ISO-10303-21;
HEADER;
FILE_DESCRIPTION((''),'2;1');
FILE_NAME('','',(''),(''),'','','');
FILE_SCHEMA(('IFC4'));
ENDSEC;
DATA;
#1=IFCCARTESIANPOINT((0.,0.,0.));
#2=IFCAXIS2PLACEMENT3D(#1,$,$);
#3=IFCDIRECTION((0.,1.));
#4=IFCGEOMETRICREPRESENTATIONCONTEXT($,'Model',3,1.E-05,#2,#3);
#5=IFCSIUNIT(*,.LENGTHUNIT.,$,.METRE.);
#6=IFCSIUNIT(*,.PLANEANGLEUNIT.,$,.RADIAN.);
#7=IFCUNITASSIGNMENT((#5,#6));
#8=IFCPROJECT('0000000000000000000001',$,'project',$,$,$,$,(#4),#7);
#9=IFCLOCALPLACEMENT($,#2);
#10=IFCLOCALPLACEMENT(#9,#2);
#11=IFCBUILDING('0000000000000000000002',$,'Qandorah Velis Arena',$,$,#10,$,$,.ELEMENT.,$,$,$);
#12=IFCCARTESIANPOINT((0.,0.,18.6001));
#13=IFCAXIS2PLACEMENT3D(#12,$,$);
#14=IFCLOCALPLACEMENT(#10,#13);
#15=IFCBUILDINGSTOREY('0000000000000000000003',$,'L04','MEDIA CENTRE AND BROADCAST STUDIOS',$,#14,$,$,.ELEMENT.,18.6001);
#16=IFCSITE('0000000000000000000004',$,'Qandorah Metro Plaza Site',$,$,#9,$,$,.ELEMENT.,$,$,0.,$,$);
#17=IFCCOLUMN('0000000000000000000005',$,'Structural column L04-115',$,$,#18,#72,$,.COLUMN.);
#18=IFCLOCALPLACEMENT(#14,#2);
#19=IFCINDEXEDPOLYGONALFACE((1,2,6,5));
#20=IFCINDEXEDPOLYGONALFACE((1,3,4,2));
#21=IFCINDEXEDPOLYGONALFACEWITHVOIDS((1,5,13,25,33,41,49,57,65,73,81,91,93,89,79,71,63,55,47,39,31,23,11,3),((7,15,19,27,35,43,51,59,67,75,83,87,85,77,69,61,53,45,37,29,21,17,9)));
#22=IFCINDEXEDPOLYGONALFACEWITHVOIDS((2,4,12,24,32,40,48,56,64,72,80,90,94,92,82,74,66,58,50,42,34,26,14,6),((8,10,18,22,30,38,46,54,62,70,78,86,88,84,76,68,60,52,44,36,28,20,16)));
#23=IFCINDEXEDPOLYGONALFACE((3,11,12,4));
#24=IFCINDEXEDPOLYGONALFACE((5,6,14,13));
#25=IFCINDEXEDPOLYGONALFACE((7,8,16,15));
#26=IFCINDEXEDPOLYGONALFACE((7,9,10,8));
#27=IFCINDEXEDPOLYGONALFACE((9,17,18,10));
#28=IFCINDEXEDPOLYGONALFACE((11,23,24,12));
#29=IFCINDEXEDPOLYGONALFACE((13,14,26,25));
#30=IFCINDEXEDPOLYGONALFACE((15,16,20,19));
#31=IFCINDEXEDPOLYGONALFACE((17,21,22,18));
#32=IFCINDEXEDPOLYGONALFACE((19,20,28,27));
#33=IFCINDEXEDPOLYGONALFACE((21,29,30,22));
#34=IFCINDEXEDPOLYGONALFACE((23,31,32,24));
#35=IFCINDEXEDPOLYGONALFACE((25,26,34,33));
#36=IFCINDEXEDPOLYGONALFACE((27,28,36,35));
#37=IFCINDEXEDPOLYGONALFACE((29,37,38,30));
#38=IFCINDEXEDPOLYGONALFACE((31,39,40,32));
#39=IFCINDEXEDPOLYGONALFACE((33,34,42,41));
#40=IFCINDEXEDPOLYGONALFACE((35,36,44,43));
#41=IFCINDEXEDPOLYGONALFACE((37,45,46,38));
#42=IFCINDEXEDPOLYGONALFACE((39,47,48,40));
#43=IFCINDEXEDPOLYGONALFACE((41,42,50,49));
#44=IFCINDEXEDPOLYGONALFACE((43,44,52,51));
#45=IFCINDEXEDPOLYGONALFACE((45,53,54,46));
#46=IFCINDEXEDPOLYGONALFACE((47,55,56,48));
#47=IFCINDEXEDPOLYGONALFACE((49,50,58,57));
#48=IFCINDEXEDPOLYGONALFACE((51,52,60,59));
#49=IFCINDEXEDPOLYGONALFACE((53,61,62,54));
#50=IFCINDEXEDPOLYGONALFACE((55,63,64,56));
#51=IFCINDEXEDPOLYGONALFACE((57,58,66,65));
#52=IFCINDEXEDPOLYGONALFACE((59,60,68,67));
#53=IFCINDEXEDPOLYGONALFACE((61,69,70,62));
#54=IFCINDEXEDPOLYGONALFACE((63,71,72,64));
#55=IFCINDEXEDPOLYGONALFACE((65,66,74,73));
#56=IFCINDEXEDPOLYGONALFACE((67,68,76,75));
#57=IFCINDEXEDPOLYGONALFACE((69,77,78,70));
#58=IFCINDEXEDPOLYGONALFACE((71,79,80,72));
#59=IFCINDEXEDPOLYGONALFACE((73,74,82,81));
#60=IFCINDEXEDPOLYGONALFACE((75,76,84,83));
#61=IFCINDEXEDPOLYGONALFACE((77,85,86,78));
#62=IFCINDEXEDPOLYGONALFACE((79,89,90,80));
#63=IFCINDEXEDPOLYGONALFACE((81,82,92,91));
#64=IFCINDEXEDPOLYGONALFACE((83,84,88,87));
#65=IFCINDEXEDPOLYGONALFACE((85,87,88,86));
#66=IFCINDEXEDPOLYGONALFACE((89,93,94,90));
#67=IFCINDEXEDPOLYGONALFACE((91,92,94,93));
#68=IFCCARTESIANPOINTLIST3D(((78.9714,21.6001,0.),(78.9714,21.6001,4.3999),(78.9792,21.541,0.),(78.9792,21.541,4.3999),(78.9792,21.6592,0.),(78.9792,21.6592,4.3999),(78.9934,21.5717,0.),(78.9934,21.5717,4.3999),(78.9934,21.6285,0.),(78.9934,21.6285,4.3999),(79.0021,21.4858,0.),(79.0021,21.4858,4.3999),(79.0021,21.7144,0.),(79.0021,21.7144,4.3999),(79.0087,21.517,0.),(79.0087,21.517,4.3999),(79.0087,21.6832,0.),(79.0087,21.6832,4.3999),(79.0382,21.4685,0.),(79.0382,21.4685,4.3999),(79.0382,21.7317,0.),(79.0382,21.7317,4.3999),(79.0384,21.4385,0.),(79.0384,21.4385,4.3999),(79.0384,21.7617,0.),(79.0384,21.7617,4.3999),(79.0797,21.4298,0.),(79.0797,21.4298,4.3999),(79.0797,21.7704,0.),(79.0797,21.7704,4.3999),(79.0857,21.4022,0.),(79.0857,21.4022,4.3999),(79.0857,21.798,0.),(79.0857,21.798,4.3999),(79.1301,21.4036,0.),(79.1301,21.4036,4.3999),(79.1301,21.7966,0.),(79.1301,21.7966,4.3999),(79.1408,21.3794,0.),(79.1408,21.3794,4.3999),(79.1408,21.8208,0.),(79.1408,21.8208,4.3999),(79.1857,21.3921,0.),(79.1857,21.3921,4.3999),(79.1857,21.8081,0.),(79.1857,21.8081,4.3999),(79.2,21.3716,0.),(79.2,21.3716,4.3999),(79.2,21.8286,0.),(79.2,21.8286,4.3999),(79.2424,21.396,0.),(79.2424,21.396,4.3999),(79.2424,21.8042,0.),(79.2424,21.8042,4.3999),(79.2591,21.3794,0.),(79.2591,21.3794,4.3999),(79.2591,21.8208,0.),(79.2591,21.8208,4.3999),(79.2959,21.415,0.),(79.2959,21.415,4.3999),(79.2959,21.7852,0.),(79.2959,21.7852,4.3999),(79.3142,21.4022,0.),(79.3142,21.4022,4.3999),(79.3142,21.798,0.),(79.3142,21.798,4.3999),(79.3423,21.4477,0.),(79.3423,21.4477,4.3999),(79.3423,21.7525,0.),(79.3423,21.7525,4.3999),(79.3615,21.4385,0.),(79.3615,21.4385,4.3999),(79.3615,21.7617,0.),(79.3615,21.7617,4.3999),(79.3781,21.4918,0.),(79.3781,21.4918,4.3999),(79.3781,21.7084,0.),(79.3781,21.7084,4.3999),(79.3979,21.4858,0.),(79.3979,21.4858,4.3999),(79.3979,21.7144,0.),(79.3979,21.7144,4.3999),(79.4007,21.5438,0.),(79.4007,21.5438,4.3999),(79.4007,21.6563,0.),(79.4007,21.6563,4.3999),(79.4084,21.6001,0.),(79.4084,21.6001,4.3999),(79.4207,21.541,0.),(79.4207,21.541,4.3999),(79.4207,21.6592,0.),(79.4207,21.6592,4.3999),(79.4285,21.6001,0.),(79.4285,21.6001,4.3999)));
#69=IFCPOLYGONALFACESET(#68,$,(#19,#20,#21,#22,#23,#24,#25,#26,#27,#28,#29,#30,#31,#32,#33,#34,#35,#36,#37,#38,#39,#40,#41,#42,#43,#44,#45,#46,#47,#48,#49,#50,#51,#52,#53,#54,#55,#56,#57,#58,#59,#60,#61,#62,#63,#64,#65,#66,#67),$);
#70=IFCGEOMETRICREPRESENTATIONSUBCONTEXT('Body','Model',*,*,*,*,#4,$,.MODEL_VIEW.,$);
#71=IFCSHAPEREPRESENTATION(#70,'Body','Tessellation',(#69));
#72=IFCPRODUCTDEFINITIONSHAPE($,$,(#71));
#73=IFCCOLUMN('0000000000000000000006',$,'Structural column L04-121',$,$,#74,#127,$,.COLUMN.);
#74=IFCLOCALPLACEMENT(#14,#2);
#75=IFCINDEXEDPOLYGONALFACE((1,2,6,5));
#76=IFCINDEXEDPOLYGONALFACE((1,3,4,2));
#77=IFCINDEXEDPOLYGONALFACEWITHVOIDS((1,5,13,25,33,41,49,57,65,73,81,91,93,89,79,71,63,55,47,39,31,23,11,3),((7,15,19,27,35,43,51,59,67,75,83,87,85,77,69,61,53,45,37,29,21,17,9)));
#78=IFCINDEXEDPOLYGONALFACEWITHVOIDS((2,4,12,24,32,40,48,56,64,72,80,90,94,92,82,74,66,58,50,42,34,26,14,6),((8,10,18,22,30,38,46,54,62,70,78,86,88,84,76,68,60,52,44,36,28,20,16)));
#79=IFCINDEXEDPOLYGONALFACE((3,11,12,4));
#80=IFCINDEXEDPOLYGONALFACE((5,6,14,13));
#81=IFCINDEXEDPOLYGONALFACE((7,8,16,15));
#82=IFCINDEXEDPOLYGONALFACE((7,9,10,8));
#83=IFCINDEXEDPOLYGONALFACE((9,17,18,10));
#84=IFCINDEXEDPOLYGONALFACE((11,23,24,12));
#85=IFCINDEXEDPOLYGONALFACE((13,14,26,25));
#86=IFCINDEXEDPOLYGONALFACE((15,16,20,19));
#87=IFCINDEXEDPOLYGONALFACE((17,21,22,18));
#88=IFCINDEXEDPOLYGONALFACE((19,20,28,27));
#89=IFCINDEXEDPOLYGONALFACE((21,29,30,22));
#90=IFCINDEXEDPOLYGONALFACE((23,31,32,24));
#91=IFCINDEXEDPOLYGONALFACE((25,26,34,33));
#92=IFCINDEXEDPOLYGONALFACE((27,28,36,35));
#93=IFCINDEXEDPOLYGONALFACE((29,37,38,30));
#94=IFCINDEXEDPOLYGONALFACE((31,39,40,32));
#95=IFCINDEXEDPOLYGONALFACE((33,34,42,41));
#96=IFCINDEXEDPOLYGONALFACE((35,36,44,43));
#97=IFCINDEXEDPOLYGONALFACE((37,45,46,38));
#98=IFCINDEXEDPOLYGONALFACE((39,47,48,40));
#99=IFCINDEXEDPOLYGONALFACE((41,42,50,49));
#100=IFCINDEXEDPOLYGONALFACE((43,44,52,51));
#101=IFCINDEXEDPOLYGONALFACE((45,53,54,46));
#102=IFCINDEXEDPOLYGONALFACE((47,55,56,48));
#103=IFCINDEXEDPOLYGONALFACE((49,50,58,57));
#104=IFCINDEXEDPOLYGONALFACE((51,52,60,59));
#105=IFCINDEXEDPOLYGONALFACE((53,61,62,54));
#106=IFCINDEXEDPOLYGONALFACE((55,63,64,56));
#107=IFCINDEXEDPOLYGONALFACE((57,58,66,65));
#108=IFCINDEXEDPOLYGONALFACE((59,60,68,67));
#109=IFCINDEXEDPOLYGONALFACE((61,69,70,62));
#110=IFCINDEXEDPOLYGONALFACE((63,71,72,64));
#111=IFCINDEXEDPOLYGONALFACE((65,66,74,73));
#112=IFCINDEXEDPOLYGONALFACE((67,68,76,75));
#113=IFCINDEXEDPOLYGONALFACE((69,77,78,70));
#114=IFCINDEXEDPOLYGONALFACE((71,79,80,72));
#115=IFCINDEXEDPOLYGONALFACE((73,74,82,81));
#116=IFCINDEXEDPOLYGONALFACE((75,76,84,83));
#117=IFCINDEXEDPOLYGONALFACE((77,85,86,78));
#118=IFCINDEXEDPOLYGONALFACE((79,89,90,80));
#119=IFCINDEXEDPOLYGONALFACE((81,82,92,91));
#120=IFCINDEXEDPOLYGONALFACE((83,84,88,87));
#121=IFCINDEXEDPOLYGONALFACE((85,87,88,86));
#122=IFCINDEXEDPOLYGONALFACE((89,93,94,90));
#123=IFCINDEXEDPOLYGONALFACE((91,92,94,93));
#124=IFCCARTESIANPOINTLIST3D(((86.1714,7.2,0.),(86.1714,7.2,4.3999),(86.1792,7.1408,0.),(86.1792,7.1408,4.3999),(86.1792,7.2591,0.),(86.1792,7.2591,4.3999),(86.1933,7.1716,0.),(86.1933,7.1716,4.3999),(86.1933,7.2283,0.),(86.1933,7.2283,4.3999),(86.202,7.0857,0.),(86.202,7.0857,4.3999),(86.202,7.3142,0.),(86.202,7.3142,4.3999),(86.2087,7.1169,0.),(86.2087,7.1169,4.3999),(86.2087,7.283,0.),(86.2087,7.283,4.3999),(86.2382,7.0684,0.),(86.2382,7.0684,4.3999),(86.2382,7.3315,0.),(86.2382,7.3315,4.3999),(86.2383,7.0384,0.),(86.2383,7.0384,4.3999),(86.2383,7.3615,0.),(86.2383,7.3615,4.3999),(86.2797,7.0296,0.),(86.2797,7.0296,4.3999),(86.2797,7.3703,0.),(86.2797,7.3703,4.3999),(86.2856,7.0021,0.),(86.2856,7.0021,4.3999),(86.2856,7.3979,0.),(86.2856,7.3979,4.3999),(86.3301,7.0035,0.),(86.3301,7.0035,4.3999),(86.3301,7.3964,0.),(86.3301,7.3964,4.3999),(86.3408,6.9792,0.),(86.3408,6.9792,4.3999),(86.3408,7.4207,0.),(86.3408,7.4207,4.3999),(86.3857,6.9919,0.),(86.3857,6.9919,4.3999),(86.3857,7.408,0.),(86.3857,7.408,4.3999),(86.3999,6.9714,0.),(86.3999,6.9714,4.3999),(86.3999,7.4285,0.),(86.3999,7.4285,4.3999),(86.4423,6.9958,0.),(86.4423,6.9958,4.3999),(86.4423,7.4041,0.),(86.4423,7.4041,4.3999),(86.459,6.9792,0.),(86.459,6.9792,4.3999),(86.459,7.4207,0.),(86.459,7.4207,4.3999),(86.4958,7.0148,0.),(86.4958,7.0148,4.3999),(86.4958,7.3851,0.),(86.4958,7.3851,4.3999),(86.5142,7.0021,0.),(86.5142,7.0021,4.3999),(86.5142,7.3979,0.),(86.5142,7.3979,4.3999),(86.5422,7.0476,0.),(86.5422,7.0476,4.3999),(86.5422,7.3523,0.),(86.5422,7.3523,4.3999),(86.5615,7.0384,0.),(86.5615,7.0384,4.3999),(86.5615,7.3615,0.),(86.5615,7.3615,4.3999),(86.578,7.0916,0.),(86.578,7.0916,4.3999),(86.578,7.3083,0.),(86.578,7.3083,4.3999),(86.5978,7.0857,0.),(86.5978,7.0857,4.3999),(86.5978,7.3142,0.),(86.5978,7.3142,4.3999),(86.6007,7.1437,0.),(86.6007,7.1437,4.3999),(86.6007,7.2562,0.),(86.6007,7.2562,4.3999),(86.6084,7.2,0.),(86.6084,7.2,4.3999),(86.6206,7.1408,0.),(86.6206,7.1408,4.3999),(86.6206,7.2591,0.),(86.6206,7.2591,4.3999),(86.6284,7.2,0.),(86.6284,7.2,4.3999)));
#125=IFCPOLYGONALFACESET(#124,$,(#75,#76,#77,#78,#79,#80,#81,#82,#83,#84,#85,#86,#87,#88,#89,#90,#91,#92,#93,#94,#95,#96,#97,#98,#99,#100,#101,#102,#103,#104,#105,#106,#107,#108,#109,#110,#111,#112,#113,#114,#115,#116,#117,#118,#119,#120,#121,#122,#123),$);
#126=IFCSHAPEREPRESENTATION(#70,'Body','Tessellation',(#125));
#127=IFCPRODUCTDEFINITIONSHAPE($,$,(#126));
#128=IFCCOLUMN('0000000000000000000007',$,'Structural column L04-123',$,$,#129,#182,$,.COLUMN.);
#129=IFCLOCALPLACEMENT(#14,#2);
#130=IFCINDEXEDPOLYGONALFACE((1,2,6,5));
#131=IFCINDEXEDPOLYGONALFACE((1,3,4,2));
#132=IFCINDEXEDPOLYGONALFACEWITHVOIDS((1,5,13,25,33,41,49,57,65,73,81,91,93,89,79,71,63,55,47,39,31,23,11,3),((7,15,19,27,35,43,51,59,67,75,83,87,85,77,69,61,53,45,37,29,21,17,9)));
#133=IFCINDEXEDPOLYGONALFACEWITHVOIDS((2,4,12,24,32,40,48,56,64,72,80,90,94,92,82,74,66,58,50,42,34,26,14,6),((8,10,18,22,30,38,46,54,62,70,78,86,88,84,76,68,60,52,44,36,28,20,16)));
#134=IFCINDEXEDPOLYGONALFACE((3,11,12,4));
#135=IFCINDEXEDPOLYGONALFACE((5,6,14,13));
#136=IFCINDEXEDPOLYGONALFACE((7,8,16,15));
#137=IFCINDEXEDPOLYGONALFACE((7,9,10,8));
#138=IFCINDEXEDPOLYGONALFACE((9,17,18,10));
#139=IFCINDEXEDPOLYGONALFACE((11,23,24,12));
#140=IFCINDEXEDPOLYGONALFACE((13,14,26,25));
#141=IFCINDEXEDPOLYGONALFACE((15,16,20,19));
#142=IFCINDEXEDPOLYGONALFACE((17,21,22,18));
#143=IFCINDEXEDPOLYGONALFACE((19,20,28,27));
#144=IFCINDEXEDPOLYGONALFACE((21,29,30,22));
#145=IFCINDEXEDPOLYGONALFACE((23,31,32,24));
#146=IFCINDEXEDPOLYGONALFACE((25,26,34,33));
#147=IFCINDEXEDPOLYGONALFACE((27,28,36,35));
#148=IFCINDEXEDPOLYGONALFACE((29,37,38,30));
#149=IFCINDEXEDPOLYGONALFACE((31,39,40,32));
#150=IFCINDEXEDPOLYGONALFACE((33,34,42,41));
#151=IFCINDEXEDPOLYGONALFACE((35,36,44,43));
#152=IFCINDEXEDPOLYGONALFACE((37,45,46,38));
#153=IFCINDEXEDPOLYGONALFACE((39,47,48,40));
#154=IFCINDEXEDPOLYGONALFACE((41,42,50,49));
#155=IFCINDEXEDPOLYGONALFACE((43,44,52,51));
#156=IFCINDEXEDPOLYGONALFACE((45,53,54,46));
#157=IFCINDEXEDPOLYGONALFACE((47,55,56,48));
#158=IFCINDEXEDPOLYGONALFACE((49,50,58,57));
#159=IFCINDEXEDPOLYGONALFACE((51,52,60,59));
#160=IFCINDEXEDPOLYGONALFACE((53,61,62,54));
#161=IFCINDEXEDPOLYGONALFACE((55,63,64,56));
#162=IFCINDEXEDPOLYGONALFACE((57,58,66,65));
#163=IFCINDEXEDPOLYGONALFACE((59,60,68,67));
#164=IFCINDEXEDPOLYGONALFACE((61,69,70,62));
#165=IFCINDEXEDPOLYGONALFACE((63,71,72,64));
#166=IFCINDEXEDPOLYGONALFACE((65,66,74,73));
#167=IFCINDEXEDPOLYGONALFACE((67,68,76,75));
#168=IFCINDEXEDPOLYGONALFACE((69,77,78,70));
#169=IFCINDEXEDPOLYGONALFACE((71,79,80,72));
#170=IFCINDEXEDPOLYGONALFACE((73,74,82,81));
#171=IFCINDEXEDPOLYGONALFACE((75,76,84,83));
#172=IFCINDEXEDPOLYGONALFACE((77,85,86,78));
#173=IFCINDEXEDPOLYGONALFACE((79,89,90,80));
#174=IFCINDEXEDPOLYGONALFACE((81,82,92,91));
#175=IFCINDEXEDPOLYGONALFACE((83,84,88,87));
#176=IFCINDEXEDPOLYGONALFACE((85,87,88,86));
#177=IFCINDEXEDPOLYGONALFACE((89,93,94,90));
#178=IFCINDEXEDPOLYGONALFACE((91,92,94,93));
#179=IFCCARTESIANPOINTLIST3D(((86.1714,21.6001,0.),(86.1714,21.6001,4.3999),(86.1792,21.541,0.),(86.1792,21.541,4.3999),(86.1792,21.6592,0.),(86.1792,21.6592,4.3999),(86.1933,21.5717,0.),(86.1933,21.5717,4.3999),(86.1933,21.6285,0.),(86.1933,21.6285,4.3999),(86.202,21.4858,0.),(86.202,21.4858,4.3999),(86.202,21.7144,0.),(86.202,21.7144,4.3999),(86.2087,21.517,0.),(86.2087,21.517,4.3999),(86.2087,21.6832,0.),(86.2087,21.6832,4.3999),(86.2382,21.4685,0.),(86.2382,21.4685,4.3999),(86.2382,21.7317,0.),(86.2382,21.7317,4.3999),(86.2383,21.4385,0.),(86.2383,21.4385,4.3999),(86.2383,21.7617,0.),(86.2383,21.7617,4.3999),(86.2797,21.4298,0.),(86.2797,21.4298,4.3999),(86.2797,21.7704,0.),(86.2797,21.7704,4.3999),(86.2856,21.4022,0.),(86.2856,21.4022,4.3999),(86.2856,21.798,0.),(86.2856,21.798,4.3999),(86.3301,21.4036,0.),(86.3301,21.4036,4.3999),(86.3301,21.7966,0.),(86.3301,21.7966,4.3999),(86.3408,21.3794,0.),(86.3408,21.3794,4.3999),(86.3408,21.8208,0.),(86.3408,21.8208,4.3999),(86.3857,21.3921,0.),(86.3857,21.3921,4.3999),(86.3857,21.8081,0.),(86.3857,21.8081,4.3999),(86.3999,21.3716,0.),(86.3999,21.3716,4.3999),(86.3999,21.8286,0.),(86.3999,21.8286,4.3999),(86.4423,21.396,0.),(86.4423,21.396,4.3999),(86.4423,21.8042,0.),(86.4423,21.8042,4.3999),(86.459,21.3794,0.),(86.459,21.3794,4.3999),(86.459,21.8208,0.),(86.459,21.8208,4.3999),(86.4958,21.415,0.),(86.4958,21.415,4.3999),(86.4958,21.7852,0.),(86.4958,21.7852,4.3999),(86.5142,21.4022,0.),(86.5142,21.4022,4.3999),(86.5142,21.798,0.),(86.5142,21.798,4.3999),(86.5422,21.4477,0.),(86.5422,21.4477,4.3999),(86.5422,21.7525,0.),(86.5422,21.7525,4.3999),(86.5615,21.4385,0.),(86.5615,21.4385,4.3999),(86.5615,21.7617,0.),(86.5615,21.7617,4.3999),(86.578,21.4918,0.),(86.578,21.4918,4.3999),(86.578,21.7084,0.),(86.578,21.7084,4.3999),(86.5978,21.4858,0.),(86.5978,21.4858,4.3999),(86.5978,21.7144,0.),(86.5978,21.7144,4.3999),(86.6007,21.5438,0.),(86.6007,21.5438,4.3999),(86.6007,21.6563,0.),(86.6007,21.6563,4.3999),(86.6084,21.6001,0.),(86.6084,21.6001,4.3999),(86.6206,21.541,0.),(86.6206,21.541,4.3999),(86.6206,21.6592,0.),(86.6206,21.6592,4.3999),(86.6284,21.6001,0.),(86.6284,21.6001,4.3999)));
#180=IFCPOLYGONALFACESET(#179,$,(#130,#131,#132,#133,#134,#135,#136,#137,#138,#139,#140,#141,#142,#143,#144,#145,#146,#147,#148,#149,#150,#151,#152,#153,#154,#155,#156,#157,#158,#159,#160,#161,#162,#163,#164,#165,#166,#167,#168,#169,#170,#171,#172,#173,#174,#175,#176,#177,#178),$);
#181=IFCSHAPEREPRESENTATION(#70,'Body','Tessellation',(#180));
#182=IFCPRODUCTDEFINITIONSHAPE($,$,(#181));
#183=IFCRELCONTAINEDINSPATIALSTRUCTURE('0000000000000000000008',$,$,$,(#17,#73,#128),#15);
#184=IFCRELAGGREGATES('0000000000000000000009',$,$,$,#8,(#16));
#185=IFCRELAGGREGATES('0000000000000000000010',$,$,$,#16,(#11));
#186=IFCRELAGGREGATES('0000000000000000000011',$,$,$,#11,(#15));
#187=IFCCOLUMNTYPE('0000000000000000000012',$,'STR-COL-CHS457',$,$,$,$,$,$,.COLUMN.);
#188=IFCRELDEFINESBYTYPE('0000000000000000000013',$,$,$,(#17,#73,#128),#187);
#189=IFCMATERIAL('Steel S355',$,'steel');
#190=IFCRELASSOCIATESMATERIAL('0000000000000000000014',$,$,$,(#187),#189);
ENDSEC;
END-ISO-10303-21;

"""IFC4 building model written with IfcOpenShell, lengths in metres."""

from ifc_helpers import new_model, si_unit, direction, frame, origin, origin_2d, place, context, subcontext, project, spatial, hollow_circle, extrude, material, material_profile, profile_set, type_object, element, save


model = new_model("IFC4")

# Units and contexts
model_context = context("Model", 3, precision=1e-05, world=origin(), true_north=direction((0.0, 1.0)))
body_context = subcontext(model_context, "Body", "Model", "MODEL_VIEW")
ifc_project = project(units=[si_unit("LENGTHUNIT", "METRE"), si_unit("PLANEANGLEUNIT", "RADIAN")], contexts=[model_context])

# Site, building, storey
site_placement = place(None, origin())
site = spatial("IfcSite", under=ifc_project, at=site_placement, Name="Qandorah Metro Plaza Site", CompositionType="ELEMENT", RefElevation=0.0)
building_placement = place(site_placement, origin())
building = spatial("IfcBuilding", under=site, at=building_placement, Name="Qandorah Velis Arena", CompositionType="ELEMENT")
storey_placement = place(building_placement, frame((0.0, 0.0, 18.6001)))
storey = spatial("IfcBuildingStorey", under=building, at=storey_placement, Name="L04", Description="MEDIA CENTRE AND BROADCAST STUDIOS", CompositionType="ELEMENT", Elevation=18.6001)

# Columns
ifc_material_1 = material(Name="Steel S355", Category="steel")
ifc_material_profile_1 = material_profile(ifc_material_1, hollow_circle(Radius=0.2285, WallThickness=0.02, at=origin_2d()), Name="CHS 457x20")
ifc_profile_set_1 = profile_set([ifc_material_profile_1], Name="Steel S355")
column_type_1 = type_object("IfcColumnType", Name="STR-COL-CHS457", PredefinedType="COLUMN", material=ifc_profile_set_1)
for number, where, z_axis, x_axis, name in (
    (1, (79.2, 21.6001, 0.0), (0.0, 0.0, 1.0), (1.0, 0.0, 0.0), "Structural column L04-115"),
    (2, (86.3999, 7.2, 0.0), (0.0, 0.0, 1.0), (1.0, 0.0, 0.0), "Structural column L04-121"),
    (3, (86.3999, 21.6001, 0.0), (0.0, 0.0, 1.0), (1.0, 0.0, 0.0), "Structural column L04-123"),
):
    element("IfcColumn", number, at=place(storey_placement, frame(where, z_axis=z_axis, x_axis=x_axis)), inside=storey, type_object=column_type_1, Name=name, PredefinedType="COLUMN", context=body_context, shape_type="SweptSolid", body=[
        extrude(hollow_circle(Radius=0.2285, WallThickness=0.02, at=origin_2d()), origin(), (0.0, 0.0, 1.0), 4.3999),
    ])

save(model, "model.ifc")
